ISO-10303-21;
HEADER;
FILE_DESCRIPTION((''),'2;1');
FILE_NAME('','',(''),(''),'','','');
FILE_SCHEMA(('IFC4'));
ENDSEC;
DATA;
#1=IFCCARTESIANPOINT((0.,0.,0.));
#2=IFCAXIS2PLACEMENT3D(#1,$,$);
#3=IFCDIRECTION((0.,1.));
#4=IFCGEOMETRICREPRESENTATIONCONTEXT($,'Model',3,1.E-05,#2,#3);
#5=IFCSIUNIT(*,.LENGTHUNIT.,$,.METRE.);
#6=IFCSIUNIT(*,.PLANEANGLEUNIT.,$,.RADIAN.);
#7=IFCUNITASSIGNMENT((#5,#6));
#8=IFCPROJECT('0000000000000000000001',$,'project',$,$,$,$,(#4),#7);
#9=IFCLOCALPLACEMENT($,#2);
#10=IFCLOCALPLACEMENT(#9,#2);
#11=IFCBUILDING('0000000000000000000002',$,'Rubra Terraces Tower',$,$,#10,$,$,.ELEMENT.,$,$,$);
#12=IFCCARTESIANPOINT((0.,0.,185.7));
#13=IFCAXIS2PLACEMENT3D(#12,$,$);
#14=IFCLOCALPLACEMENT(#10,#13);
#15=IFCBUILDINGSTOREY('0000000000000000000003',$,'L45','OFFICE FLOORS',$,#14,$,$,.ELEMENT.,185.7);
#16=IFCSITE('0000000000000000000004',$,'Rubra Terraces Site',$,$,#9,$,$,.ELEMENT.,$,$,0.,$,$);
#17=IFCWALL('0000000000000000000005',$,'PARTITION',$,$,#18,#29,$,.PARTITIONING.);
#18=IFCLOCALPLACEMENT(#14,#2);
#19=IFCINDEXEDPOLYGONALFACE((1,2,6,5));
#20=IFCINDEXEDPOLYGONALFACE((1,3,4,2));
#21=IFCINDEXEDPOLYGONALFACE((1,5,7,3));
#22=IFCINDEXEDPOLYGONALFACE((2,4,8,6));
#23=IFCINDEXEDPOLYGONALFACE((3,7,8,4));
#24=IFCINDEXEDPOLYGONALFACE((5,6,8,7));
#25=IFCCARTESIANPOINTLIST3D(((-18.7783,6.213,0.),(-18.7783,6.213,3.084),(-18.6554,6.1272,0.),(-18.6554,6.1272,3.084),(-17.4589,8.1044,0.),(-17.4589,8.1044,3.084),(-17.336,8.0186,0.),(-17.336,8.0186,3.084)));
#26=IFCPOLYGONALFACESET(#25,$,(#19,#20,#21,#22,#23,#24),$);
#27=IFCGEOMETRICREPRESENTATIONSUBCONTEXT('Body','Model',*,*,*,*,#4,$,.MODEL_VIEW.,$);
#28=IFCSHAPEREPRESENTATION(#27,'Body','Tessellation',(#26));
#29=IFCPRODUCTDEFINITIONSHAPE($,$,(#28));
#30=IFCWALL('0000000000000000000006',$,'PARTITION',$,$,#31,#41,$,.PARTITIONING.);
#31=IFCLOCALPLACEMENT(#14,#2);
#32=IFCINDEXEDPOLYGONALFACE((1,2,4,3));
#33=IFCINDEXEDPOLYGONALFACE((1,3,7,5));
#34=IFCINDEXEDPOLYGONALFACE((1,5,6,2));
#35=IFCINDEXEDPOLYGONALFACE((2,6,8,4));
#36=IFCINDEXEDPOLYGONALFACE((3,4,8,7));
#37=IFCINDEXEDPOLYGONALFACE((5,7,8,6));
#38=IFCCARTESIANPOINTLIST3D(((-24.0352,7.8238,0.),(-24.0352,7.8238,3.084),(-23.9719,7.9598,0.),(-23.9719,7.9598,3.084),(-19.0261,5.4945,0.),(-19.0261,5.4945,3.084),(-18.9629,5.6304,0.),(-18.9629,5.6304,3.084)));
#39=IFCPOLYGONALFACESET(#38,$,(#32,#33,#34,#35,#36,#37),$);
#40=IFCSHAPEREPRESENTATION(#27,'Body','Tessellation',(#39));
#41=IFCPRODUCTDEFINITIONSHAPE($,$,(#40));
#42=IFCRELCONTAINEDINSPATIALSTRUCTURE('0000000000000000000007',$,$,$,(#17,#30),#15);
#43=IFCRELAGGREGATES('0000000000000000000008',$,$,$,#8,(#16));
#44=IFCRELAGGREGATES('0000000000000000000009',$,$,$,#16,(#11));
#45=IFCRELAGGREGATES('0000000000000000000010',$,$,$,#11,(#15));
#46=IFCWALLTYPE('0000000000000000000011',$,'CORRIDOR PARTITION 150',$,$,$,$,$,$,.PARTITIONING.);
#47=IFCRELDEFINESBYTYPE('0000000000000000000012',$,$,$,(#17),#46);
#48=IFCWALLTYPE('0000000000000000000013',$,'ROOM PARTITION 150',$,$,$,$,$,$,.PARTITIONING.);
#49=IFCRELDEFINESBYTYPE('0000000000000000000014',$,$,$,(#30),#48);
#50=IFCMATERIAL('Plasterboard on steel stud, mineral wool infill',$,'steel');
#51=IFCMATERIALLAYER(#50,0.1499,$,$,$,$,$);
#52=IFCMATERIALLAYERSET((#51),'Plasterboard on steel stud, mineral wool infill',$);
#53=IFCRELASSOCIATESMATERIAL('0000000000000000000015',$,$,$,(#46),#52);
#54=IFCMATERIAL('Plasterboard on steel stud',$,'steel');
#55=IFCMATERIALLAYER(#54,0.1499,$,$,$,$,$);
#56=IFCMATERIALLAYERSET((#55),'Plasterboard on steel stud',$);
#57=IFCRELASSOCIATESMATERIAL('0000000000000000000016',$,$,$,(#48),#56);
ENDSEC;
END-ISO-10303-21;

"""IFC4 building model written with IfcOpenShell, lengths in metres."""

from ifc_helpers import new_model, si_unit, direction, frame, frame_2d, origin, place, context, subcontext, project, spatial, rectangle, extrude, material, layer, layer_set, type_object, element, save


model = new_model("IFC4")

# Units and contexts
model_context = context("Model", 3, precision=1e-05, world=origin(), true_north=direction((0.0, 1.0)))
body_context = subcontext(model_context, "Body", "Model", "MODEL_VIEW")
ifc_project = project(units=[si_unit("LENGTHUNIT", "METRE"), si_unit("PLANEANGLEUNIT", "RADIAN")], contexts=[model_context])

# Site, building, storey
site_placement = place(None, origin())
site = spatial("IfcSite", under=ifc_project, at=site_placement, Name="Rubra Terraces Site", CompositionType="ELEMENT", RefElevation=0.0)
building_placement = place(site_placement, origin())
building = spatial("IfcBuilding", under=site, at=building_placement, Name="Rubra Terraces Tower", CompositionType="ELEMENT")
storey_placement = place(building_placement, frame((0.0, 0.0, 185.7)))
storey = spatial("IfcBuildingStorey", under=building, at=storey_placement, Name="L45", Description="OFFICE FLOORS", CompositionType="ELEMENT", Elevation=185.7)

# Walls
ifc_material_1 = material(Name="Plasterboard on steel stud, mineral wool infill", Category="steel")
ifc_layer_1 = layer(ifc_material_1, 0.1499)
ifc_layer_set_1 = layer_set([ifc_layer_1], Name="Plasterboard on steel stud, mineral wool infill")
wall_type_1 = type_object("IfcWallType", Name="CORRIDOR PARTITION 150", PredefinedType="PARTITIONING", material=ifc_layer_set_1)
wall_1_placement = place(storey_placement, frame((-17.3975, 8.0615, 0.0), z_axis=(0.0, 0.0, 1.0), x_axis=(-0.572119, -0.820171, 0.0)))
element("IfcWall", 1, at=wall_1_placement, inside=storey, type_object=wall_type_1, Name="PARTITION", PredefinedType="PARTITIONING", context=body_context, shape_type="SweptSolid", body=[
    extrude(rectangle(XDim=2.3062, YDim=0.1499, at=frame_2d((1.1531, 0.0))), origin(), (0.0, 0.0, 1.0), 3.084),
])
ifc_material_2 = material(Name="Plasterboard on steel stud", Category="steel")
ifc_layer_2 = layer(ifc_material_2, 0.1499)
ifc_layer_set_2 = layer_set([ifc_layer_2], Name="Plasterboard on steel stud")
wall_type_2 = type_object("IfcWallType", Name="ROOM PARTITION 150", PredefinedType="PARTITIONING", material=ifc_layer_set_2)
wall_2_placement = place(storey_placement, frame((-24.0037, 7.8918, 0.0), z_axis=(0.0, 0.0, 1.0), x_axis=(0.906751, -0.421666, 0.0)))
element("IfcWall", 2, at=wall_2_placement, inside=storey, type_object=wall_type_2, Name="PARTITION", PredefinedType="PARTITIONING", context=body_context, shape_type="SweptSolid", body=[
    extrude(rectangle(XDim=5.5242, YDim=0.1499, at=frame_2d((2.7622, 0.0))), origin(), (0.0, 0.0, 1.0), 3.084),
])

save(model, "model.ifc")
